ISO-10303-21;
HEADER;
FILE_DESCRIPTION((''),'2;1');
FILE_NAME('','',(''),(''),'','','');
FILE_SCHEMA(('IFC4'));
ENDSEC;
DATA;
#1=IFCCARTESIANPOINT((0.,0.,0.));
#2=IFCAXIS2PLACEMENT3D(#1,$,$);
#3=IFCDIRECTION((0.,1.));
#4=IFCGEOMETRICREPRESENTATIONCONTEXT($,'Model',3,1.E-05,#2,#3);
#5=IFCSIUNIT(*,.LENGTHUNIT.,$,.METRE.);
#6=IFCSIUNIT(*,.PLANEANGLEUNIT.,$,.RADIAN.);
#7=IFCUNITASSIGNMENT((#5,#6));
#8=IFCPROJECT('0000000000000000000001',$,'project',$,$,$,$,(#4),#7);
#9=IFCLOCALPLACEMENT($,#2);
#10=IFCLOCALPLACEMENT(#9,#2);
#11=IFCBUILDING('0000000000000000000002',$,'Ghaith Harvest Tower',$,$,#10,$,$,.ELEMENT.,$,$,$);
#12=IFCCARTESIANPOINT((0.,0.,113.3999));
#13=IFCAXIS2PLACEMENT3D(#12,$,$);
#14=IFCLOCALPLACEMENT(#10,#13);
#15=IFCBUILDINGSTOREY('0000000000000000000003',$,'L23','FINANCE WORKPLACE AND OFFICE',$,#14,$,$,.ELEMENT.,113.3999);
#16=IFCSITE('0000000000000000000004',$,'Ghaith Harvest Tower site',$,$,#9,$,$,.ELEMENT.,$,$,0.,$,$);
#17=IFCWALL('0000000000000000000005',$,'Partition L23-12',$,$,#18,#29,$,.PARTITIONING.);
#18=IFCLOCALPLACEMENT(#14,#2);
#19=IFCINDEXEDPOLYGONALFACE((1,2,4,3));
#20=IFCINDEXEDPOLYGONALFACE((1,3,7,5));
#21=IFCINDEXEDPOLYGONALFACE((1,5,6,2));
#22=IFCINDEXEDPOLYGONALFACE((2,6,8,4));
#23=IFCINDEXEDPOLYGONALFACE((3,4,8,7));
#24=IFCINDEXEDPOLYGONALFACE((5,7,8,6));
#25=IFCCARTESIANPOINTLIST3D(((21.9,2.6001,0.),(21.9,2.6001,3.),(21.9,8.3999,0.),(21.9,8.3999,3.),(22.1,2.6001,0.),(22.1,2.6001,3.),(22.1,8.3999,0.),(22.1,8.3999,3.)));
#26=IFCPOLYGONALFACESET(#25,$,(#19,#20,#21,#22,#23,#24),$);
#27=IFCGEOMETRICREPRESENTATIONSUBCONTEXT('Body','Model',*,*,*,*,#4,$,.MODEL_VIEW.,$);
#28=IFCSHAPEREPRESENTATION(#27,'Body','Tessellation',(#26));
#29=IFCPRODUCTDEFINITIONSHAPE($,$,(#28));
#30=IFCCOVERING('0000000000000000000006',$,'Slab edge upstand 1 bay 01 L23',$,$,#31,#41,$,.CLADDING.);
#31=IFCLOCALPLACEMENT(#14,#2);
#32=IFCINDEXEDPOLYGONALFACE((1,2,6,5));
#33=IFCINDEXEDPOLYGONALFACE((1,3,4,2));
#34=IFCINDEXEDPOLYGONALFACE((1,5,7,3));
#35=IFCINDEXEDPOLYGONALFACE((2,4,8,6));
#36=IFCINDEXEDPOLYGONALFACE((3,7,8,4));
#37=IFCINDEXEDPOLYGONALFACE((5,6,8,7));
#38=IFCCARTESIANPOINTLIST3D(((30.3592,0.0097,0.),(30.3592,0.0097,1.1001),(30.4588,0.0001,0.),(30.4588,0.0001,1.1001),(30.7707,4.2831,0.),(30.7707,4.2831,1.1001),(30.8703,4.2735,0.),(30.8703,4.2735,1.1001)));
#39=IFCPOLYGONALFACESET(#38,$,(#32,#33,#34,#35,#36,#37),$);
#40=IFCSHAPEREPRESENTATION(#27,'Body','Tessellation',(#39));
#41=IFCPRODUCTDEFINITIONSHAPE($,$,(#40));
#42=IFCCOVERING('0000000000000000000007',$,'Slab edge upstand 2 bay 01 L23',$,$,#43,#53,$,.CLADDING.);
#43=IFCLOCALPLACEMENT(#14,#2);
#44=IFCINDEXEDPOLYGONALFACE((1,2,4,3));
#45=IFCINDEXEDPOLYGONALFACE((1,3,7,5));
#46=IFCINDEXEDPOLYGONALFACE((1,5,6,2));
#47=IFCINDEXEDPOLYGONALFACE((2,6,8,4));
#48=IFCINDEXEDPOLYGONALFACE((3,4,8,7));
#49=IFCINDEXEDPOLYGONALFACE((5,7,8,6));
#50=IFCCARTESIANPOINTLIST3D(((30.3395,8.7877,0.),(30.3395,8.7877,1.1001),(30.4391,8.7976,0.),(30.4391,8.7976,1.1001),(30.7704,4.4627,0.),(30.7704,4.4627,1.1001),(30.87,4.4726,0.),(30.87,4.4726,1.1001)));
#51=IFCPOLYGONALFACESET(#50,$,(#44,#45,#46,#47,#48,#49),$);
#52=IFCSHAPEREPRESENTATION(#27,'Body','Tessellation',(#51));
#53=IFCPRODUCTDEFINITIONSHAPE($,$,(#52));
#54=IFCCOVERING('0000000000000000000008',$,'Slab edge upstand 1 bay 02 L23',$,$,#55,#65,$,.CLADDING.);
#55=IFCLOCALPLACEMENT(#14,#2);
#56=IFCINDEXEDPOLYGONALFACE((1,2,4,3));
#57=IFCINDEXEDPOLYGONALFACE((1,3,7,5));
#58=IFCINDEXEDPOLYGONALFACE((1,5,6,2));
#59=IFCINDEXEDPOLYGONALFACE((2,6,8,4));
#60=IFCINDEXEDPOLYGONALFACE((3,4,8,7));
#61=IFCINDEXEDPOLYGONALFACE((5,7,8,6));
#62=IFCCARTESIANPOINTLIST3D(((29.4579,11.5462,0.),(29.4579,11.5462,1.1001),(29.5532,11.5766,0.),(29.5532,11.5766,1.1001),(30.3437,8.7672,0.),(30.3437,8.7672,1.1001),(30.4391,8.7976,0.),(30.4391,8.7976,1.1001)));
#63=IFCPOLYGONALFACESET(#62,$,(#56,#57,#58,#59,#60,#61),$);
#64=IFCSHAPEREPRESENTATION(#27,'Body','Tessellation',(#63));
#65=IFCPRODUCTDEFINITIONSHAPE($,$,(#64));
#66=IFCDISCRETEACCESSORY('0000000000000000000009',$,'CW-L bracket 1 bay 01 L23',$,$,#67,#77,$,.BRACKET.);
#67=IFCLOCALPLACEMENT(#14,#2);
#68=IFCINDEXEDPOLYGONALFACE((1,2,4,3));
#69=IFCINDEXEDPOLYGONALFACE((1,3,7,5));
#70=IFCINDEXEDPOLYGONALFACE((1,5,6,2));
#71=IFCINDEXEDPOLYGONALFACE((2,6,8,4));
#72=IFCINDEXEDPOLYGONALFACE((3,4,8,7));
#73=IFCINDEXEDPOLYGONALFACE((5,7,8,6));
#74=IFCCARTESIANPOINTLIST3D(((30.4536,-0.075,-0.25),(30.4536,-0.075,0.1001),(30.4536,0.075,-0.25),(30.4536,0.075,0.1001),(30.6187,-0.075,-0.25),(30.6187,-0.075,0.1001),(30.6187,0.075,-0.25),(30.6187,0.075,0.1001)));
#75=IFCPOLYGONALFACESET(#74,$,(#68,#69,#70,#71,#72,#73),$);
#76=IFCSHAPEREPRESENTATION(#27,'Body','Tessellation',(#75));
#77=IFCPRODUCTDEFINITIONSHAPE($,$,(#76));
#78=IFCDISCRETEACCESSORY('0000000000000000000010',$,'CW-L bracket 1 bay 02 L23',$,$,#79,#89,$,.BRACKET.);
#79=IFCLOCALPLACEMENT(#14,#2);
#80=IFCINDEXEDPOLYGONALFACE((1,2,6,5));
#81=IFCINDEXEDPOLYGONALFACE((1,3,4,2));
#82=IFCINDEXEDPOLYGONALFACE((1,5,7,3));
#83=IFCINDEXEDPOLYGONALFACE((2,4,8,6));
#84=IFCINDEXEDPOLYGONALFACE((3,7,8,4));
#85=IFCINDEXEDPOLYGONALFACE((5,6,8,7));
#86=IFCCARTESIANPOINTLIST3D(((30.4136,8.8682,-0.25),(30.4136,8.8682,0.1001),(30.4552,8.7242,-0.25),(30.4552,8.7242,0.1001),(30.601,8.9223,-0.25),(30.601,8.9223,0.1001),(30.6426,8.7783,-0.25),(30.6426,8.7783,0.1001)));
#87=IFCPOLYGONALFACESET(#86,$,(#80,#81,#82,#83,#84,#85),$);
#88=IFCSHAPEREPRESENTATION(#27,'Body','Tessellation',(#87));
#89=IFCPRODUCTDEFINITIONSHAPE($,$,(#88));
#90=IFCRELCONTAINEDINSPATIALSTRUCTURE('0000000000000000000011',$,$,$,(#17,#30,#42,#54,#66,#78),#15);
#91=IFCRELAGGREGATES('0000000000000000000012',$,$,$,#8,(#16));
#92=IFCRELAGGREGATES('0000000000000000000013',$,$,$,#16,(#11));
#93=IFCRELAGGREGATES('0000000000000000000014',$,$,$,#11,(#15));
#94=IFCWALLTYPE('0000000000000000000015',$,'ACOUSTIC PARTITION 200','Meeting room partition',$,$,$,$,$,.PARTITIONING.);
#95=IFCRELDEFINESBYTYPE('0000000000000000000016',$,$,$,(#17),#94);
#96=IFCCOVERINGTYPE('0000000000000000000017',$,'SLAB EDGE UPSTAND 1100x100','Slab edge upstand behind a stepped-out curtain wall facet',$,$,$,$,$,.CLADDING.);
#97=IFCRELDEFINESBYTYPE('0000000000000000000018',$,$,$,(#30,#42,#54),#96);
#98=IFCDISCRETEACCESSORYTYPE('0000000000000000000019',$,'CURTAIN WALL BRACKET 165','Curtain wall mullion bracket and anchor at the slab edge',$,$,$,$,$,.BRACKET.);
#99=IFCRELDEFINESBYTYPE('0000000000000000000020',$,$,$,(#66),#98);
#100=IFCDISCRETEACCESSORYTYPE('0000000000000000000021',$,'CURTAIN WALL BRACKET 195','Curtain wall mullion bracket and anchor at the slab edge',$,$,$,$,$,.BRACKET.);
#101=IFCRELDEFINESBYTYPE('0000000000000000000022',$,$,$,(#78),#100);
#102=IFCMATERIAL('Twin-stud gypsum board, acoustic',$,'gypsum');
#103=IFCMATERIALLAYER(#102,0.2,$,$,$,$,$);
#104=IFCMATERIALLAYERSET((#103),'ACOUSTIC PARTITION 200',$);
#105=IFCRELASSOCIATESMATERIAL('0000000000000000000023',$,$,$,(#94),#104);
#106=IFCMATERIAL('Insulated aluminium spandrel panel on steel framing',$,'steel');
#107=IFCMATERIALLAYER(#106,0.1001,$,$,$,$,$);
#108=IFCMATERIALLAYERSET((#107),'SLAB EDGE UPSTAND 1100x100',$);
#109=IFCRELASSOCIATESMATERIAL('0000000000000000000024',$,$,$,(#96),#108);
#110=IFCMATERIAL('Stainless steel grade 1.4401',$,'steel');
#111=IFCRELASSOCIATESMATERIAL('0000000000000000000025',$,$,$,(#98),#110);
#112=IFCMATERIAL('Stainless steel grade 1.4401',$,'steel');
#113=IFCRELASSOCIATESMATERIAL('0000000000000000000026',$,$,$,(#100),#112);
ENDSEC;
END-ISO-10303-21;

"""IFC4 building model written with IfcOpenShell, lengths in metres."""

from ifc_helpers import new_model, si_unit, direction, frame, frame_2d, origin, origin_2d, place, context, subcontext, project, spatial, rectangle, extrude, material, layer, layer_set, type_object, element, save


model = new_model("IFC4")

# Units and contexts
model_context = context("Model", 3, precision=1e-05, world=origin(), true_north=direction((0.0, 1.0)))
body_context = subcontext(model_context, "Body", "Model", "MODEL_VIEW")
ifc_project = project(units=[si_unit("LENGTHUNIT", "METRE"), si_unit("PLANEANGLEUNIT", "RADIAN")], contexts=[model_context])

# Site, building, storey
site_placement = place(None, origin())
site = spatial("IfcSite", under=ifc_project, at=site_placement, Name="Ghaith Harvest Tower site", CompositionType="ELEMENT", RefElevation=0.0)
building_placement = place(site_placement, origin())
building = spatial("IfcBuilding", under=site, at=building_placement, Name="Ghaith Harvest Tower", CompositionType="ELEMENT")
storey_placement = place(building_placement, frame((0.0, 0.0, 113.3999)))
storey = spatial("IfcBuildingStorey", under=building, at=storey_placement, Name="L23", Description="FINANCE WORKPLACE AND OFFICE", CompositionType="ELEMENT", Elevation=113.3999)

# Shared definitions
ifc_material_1 = material(Name="Twin-stud gypsum board, acoustic", Category="gypsum")
ifc_layer_1 = layer(ifc_material_1, 0.2)
ifc_layer_set_1 = layer_set([ifc_layer_1], Name="ACOUSTIC PARTITION 200")
wall_type_1 = type_object("IfcWallType", Name="ACOUSTIC PARTITION 200", Description="Meeting room partition", PredefinedType="PARTITIONING", material=ifc_layer_set_1)

# Wall
wall_1_placement = place(storey_placement, frame((22.0, 2.6001, 0.0), z_axis=(0.0, 0.0, 1.0), x_axis=(0.0, 1.0, 0.0)))
element("IfcWall", 1, at=wall_1_placement, inside=storey, type_object=wall_type_1, Name="Partition L23-12", PredefinedType="PARTITIONING", context=body_context, shape_type="SweptSolid", body=[
    extrude(rectangle(XDim=5.7998, YDim=0.2, at=frame_2d((2.8999, 0.0))), origin(), (0.0, 0.0, 1.0), 3.0),
])

# Coverings
ifc_material_2 = material(Name="Insulated aluminium spandrel panel on steel framing", Category="steel")
ifc_layer_2 = layer(ifc_material_2, 0.1001)
ifc_layer_set_2 = layer_set([ifc_layer_2], Name="SLAB EDGE UPSTAND 1100x100")
covering_type = type_object("IfcCoveringType", Name="SLAB EDGE UPSTAND 1100x100", Description="Slab edge upstand behind a stepped-out curtain wall facet", PredefinedType="CLADDING", material=ifc_layer_set_2)
covering_1_placement = place(storey_placement, frame((30.6147, 2.1416, 0.0), z_axis=(0.0, 0.0, 1.0), x_axis=(0.095861, 0.995395, 0.0)))
element("IfcCovering", 2, at=covering_1_placement, inside=storey, type_object=covering_type, Name="Slab edge upstand 1 bay 01 L23", PredefinedType="CLADDING", context=body_context, shape_type="SweptSolid", body=[
    extrude(rectangle(XDim=4.2932, YDim=0.1001, at=origin_2d()), origin(), (0.0, 0.0, 1.0), 1.1001),
])
covering_2_placement = place(storey_placement, frame((30.6047, 6.6301, 0.0), z_axis=(0.0, 0.0, 1.0), x_axis=(-0.099132, 0.995074, 0.0)))
element("IfcCovering", 3, at=covering_2_placement, inside=storey, type_object=covering_type, Name="Slab edge upstand 2 bay 01 L23", PredefinedType="CLADDING", context=body_context, shape_type="SweptSolid", body=[
    extrude(rectangle(XDim=4.3464, YDim=0.1001, at=origin_2d()), origin(), (0.0, 0.0, 1.0), 1.1001),
])
covering_3_placement = place(storey_placement, frame((29.9485, 10.1719, 0.0), z_axis=(0.0, 0.0, 1.0), x_axis=(-0.303717, 0.952762, 0.0)))
element("IfcCovering", 4, at=covering_3_placement, inside=storey, type_object=covering_type, Name="Slab edge upstand 1 bay 02 L23", PredefinedType="CLADDING", context=body_context, shape_type="SweptSolid", body=[
    extrude(rectangle(XDim=2.9167, YDim=0.1001, at=origin_2d()), origin(), (0.0, 0.0, 1.0), 1.1001),
])

# Discrete accessories
ifc_material_3 = material(Name="Stainless steel grade 1.4401", Category="steel")
discrete_accessory_type_1 = type_object("IfcDiscreteAccessoryType", Name="CURTAIN WALL BRACKET 165", Description="Curtain wall mullion bracket and anchor at the slab edge", PredefinedType="BRACKET", material=ifc_material_3)
discrete_accessory_1_placement = place(storey_placement, frame((30.5361, 0.0, -0.25), z_axis=(0.0, 0.0, 1.0), x_axis=(1.0, 0.0, 0.0)))
element("IfcDiscreteAccessory", 5, at=discrete_accessory_1_placement, inside=storey, type_object=discrete_accessory_type_1, Name="CW-L bracket 1 bay 01 L23", PredefinedType="BRACKET", context=body_context, shape_type="SweptSolid", body=[
    extrude(rectangle(XDim=0.165, YDim=0.1499, at=origin_2d()), origin(), (0.0, 0.0, 1.0), 0.3501),
])
ifc_material_4 = material(Name="Stainless steel grade 1.4401", Category="steel")
discrete_accessory_type_2 = type_object("IfcDiscreteAccessoryType", Name="CURTAIN WALL BRACKET 195", Description="Curtain wall mullion bracket and anchor at the slab edge", PredefinedType="BRACKET", material=ifc_material_4)
discrete_accessory_2_placement = place(storey_placement, frame((30.5281, 8.8232, -0.25), z_axis=(0.0, 0.0, 1.0), x_axis=(0.96068, 0.277657, 0.0)))
element("IfcDiscreteAccessory", 6, at=discrete_accessory_2_placement, inside=storey, type_object=discrete_accessory_type_2, Name="CW-L bracket 1 bay 02 L23", PredefinedType="BRACKET", context=body_context, shape_type="SweptSolid", body=[
    extrude(rectangle(XDim=0.1951, YDim=0.1499, at=origin_2d()), origin(), (0.0, 0.0, 1.0), 0.3501),
])

save(model, "model.ifc")
